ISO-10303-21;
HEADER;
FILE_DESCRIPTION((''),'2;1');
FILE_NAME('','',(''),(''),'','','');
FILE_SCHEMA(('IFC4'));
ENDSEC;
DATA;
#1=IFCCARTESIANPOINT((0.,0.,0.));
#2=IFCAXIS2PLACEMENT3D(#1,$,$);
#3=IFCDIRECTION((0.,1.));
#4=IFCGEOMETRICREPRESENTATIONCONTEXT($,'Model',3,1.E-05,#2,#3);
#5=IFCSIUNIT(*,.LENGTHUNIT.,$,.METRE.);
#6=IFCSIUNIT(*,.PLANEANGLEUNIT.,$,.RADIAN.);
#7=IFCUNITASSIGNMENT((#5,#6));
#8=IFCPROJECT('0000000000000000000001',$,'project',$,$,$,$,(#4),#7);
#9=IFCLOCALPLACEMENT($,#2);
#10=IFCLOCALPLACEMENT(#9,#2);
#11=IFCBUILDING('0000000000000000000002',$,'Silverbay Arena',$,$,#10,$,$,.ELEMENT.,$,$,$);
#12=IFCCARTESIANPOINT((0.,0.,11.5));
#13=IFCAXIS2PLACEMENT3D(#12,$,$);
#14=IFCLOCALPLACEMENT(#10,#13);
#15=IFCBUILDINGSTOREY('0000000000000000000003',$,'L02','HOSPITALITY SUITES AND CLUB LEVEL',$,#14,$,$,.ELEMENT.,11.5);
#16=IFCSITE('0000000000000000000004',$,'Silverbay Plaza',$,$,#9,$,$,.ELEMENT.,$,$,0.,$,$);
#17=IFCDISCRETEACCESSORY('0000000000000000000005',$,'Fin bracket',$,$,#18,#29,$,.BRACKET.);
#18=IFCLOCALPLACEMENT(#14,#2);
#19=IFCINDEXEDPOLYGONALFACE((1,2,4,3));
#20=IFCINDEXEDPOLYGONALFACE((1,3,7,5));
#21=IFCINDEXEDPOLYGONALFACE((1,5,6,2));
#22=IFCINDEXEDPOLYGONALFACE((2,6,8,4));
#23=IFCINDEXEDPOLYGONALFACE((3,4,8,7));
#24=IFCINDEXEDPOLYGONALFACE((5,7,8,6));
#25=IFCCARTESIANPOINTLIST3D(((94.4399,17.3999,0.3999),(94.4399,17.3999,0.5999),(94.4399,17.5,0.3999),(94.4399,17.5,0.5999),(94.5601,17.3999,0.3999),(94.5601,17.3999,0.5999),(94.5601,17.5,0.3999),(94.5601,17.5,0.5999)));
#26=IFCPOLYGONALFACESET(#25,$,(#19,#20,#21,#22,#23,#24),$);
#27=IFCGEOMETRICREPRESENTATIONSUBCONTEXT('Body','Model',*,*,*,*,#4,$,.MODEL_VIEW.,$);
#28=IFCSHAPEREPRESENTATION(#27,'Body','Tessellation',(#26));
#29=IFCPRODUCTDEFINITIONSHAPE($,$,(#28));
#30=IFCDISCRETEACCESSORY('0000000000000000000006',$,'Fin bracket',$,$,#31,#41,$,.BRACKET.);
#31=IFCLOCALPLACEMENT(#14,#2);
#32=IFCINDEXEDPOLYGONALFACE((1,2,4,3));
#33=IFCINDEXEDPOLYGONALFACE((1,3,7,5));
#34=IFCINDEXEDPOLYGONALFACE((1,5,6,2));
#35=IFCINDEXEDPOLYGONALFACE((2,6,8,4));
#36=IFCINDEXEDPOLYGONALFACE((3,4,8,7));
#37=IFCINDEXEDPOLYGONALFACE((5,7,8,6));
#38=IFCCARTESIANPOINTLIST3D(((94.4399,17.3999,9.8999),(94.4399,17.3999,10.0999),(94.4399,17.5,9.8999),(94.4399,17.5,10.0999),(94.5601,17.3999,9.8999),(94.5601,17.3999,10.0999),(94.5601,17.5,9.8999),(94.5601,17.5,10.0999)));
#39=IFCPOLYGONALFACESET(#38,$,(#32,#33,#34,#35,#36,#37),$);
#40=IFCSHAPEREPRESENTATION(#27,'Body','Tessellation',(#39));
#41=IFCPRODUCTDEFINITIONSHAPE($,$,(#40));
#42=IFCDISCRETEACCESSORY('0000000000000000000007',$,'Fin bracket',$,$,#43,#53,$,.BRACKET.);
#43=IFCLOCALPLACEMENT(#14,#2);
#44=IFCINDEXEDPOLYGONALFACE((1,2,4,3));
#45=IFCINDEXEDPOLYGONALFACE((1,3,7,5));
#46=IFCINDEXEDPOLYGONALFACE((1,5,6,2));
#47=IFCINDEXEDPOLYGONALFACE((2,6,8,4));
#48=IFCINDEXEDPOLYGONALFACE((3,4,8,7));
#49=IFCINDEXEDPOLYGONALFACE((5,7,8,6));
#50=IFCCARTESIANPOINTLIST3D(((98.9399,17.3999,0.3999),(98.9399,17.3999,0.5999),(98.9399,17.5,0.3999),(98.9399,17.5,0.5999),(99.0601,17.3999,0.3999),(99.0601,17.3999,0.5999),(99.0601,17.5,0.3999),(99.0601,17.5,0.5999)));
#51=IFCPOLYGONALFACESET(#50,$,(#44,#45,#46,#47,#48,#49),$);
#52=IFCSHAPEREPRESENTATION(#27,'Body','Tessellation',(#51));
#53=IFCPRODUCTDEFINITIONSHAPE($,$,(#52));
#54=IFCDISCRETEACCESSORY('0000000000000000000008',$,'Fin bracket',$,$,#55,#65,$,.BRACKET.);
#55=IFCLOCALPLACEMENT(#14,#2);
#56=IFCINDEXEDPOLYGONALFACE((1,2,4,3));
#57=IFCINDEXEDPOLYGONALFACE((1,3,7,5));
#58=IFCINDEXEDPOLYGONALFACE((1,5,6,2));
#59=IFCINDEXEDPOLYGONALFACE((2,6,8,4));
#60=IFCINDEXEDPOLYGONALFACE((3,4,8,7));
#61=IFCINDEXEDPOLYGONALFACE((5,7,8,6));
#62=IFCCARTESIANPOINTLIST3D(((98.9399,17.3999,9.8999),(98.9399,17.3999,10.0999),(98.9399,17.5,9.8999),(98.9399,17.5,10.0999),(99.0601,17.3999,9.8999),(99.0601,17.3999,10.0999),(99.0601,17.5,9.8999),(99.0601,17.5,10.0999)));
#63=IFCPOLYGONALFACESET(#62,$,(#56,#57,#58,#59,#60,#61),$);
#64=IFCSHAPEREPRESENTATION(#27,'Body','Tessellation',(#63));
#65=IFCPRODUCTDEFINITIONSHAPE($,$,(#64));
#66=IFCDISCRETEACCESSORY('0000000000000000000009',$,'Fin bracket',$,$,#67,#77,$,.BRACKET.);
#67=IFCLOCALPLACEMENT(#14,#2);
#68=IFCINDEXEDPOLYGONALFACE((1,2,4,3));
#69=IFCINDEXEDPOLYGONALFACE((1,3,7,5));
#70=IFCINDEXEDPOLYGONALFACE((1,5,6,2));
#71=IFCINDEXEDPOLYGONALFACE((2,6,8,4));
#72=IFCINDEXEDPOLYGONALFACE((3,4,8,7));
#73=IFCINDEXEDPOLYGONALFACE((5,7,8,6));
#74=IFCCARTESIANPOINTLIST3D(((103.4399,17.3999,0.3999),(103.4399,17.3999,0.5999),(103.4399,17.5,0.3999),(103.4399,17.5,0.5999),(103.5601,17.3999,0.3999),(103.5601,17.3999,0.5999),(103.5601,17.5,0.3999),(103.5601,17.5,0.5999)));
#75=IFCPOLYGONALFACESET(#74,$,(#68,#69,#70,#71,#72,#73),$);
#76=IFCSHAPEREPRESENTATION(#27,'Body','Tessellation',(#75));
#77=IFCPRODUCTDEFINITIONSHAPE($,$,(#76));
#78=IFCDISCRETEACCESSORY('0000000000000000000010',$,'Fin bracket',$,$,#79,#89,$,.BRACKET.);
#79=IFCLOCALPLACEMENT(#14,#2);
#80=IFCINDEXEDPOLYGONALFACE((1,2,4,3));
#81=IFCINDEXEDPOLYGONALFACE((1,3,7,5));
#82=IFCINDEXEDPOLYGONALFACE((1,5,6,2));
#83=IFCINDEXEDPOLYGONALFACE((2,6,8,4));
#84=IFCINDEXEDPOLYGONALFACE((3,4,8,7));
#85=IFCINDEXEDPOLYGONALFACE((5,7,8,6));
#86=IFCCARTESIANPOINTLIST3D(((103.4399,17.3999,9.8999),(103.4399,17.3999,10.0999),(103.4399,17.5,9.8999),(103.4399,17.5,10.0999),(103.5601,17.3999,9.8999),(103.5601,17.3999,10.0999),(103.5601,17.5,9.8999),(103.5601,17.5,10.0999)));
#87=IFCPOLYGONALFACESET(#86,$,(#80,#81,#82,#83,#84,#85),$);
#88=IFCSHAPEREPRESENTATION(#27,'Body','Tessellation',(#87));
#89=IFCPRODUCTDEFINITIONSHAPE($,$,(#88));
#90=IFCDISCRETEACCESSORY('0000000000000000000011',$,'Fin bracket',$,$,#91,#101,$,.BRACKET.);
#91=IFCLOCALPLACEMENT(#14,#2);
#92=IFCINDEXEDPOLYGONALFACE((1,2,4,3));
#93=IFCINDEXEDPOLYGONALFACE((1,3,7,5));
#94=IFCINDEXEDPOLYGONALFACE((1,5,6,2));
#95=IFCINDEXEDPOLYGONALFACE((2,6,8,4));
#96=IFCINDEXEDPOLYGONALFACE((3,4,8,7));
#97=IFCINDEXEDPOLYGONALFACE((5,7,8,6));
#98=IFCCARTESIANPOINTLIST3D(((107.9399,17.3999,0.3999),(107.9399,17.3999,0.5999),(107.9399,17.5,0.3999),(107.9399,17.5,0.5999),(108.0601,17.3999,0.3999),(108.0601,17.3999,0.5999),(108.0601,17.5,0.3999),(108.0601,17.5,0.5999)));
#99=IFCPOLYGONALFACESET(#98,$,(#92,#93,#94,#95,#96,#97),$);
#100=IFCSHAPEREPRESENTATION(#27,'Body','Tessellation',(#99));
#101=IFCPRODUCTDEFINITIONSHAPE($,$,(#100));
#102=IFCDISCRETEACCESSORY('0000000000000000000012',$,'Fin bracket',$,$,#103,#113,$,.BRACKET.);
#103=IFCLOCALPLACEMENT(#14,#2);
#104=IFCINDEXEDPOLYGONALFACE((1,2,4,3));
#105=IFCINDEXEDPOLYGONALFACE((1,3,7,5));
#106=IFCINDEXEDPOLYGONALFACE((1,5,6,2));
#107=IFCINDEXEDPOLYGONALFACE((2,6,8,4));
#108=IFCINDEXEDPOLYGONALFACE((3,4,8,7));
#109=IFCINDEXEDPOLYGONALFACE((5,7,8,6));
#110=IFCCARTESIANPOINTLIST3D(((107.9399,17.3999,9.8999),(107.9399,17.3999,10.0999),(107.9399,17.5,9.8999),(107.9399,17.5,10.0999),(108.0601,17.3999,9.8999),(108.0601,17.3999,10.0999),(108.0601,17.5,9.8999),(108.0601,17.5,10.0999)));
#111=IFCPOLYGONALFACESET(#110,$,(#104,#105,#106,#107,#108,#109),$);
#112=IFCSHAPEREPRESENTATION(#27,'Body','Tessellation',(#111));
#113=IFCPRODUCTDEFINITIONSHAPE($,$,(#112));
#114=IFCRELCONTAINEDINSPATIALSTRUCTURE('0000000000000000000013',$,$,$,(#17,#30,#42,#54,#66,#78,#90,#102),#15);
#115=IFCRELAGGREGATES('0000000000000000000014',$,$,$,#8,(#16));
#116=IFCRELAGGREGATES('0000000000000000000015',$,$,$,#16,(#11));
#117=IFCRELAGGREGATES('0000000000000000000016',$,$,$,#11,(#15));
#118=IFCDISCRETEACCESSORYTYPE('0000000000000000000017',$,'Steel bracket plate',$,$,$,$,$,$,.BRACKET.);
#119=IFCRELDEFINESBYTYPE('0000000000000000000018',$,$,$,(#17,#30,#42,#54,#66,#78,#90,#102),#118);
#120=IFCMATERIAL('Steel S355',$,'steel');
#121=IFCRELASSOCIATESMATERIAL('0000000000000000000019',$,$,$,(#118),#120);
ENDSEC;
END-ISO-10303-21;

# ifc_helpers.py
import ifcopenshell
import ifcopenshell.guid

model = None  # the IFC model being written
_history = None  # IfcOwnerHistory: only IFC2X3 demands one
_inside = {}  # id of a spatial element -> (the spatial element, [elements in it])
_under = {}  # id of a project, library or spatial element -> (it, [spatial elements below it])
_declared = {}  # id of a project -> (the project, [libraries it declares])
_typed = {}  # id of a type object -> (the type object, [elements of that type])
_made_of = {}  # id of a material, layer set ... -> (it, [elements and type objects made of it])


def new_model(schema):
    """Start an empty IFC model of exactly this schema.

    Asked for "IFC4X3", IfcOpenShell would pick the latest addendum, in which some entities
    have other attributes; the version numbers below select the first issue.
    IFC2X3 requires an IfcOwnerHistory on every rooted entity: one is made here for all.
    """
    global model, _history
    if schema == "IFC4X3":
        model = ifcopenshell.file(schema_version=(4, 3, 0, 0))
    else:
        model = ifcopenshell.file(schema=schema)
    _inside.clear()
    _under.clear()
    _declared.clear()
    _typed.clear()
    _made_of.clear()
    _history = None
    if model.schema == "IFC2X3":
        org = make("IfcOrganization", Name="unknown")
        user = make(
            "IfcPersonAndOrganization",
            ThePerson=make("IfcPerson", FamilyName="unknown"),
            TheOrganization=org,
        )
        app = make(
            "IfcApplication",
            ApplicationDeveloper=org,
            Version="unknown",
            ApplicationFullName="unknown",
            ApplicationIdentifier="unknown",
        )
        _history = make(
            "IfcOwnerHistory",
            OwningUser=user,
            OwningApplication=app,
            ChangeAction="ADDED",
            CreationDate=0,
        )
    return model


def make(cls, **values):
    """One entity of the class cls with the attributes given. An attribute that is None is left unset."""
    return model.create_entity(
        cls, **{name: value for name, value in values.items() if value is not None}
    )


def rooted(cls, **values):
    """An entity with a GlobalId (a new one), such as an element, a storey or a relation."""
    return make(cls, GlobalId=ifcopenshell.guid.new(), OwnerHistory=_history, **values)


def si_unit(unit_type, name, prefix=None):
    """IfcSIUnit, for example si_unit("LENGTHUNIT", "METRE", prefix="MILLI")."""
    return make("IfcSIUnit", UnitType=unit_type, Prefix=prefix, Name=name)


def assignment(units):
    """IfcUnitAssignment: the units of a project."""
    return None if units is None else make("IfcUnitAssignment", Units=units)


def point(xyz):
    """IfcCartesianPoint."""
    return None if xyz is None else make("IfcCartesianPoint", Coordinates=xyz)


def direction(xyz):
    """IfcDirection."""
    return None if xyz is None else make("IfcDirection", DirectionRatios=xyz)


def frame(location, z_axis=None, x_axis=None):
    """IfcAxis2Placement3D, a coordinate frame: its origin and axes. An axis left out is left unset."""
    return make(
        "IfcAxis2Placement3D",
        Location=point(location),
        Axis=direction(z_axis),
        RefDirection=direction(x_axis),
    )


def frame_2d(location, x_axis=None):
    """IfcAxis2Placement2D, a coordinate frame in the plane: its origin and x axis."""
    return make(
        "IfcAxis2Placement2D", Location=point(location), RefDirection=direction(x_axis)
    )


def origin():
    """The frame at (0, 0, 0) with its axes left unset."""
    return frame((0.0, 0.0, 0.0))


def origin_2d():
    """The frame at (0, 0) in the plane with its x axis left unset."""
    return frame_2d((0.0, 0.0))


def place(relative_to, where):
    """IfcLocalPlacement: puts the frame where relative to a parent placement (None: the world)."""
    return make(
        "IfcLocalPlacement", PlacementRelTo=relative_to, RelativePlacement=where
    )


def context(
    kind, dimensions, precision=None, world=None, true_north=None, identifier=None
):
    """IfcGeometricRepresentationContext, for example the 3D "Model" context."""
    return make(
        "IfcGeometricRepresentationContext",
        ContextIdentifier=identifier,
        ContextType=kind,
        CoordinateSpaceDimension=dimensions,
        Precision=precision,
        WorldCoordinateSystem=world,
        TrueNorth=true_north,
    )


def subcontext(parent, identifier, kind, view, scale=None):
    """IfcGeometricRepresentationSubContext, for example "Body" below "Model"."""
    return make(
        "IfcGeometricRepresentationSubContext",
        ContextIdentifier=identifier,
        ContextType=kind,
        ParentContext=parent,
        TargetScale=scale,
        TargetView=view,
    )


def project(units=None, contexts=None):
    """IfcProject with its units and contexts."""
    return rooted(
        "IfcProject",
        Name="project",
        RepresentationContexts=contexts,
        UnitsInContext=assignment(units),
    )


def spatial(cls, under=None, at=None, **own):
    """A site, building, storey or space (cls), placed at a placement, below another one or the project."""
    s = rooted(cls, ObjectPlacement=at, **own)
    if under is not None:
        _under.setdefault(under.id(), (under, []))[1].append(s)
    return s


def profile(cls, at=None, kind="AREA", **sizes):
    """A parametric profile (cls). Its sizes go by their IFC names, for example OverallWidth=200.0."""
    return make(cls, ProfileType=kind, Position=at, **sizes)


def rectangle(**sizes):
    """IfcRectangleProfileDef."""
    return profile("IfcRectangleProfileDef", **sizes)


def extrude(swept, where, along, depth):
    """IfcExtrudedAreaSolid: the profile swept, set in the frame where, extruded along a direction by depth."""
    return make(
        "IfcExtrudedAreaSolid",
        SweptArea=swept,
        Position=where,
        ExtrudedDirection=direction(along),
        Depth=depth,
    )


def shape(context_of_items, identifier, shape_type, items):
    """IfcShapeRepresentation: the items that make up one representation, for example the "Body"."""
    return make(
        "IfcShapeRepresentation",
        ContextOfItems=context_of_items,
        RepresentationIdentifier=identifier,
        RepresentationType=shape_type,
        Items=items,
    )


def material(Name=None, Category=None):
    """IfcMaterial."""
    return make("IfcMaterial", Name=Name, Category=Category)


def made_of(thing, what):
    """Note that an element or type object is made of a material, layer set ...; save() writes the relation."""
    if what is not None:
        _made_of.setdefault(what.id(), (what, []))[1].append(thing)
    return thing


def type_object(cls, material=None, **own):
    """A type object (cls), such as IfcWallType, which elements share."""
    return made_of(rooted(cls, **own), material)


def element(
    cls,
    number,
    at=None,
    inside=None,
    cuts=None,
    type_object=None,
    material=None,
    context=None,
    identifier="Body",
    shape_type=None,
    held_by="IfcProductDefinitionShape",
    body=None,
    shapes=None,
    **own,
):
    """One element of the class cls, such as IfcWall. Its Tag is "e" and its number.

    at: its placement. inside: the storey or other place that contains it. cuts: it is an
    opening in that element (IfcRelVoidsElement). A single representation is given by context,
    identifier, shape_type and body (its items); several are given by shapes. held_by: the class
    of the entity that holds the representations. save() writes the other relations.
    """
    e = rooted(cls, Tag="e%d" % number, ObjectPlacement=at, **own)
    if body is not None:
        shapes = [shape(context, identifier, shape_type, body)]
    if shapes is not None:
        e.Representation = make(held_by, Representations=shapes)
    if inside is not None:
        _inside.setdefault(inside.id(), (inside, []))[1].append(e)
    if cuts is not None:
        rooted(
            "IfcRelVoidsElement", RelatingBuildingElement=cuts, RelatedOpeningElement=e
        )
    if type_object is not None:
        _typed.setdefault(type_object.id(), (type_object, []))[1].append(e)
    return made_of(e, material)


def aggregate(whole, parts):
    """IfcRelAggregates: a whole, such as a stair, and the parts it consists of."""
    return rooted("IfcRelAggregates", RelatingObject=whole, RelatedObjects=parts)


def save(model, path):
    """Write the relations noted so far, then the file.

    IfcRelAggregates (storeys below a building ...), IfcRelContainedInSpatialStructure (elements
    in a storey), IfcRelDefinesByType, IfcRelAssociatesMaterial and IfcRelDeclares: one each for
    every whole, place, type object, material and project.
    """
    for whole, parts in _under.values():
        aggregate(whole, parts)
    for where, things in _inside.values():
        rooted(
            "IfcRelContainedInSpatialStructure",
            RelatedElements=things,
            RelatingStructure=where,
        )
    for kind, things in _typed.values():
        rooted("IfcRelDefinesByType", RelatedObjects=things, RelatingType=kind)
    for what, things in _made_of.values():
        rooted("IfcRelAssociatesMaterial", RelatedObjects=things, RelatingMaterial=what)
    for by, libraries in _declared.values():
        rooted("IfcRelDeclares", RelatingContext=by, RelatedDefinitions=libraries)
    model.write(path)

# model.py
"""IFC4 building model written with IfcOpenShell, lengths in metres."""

from ifc_helpers import new_model, si_unit, direction, frame, origin, origin_2d, place, context, subcontext, project, spatial, rectangle, extrude, material, type_object, element, save


model = new_model("IFC4")

# Units and contexts
model_context = context("Model", 3, precision=1e-05, world=origin(), true_north=direction((0.0, 1.0)))
body_context = subcontext(model_context, "Body", "Model", "MODEL_VIEW")
ifc_project = project(units=[si_unit("LENGTHUNIT", "METRE"), si_unit("PLANEANGLEUNIT", "RADIAN")], contexts=[model_context])

# Site, building, storey
site_placement = place(None, origin())
site = spatial("IfcSite", under=ifc_project, at=site_placement, Name="Silverbay Plaza", CompositionType="ELEMENT", RefElevation=0.0)
building_placement = place(site_placement, origin())
building = spatial("IfcBuilding", under=site, at=building_placement, Name="Silverbay Arena", CompositionType="ELEMENT")
storey_placement = place(building_placement, frame((0.0, 0.0, 11.5)))
storey = spatial("IfcBuildingStorey", under=building, at=storey_placement, Name="L02", Description="HOSPITALITY SUITES AND CLUB LEVEL", CompositionType="ELEMENT", Elevation=11.5)

# Discrete accessories
ifc_material_1 = material(Name="Steel S355", Category="steel")
discrete_accessory_type = type_object("IfcDiscreteAccessoryType", Name="Steel bracket plate", PredefinedType="BRACKET", material=ifc_material_1)
for number, where, z_axis, x_axis, name in (
    (1, (94.5, 17.45, 0.3999), (0.0, 0.0, 1.0), (1.0, 0.0, 0.0), "Fin bracket"),
    (2, (94.5, 17.45, 9.8999), (0.0, 0.0, 1.0), (1.0, 0.0, 0.0), "Fin bracket"),
    (3, (99.0, 17.45, 0.3999), (0.0, 0.0, 1.0), (1.0, 0.0, 0.0), "Fin bracket"),
    (4, (99.0, 17.45, 9.8999), (0.0, 0.0, 1.0), (1.0, 0.0, 0.0), "Fin bracket"),
    (5, (103.5, 17.45, 0.3999), (0.0, 0.0, 1.0), (1.0, 0.0, 0.0), "Fin bracket"),
    (6, (103.5, 17.45, 9.8999), (0.0, 0.0, 1.0), (1.0, 0.0, 0.0), "Fin bracket"),
    (7, (108.0, 17.45, 0.3999), (0.0, 0.0, 1.0), (1.0, 0.0, 0.0), "Fin bracket"),
    (8, (108.0, 17.45, 9.8999), (0.0, 0.0, 1.0), (1.0, 0.0, 0.0), "Fin bracket"),
):
    element("IfcDiscreteAccessory", number, at=place(storey_placement, frame(where, z_axis=z_axis, x_axis=x_axis)), inside=storey, type_object=discrete_accessory_type, Name=name, PredefinedType="BRACKET", context=body_context, shape_type="SweptSolid", body=[
        extrude(rectangle(XDim=0.1201, YDim=0.1001, at=origin_2d()), origin(), (0.0, 0.0, 1.0), 0.2),
    ])

save(model, "model.ifc")
